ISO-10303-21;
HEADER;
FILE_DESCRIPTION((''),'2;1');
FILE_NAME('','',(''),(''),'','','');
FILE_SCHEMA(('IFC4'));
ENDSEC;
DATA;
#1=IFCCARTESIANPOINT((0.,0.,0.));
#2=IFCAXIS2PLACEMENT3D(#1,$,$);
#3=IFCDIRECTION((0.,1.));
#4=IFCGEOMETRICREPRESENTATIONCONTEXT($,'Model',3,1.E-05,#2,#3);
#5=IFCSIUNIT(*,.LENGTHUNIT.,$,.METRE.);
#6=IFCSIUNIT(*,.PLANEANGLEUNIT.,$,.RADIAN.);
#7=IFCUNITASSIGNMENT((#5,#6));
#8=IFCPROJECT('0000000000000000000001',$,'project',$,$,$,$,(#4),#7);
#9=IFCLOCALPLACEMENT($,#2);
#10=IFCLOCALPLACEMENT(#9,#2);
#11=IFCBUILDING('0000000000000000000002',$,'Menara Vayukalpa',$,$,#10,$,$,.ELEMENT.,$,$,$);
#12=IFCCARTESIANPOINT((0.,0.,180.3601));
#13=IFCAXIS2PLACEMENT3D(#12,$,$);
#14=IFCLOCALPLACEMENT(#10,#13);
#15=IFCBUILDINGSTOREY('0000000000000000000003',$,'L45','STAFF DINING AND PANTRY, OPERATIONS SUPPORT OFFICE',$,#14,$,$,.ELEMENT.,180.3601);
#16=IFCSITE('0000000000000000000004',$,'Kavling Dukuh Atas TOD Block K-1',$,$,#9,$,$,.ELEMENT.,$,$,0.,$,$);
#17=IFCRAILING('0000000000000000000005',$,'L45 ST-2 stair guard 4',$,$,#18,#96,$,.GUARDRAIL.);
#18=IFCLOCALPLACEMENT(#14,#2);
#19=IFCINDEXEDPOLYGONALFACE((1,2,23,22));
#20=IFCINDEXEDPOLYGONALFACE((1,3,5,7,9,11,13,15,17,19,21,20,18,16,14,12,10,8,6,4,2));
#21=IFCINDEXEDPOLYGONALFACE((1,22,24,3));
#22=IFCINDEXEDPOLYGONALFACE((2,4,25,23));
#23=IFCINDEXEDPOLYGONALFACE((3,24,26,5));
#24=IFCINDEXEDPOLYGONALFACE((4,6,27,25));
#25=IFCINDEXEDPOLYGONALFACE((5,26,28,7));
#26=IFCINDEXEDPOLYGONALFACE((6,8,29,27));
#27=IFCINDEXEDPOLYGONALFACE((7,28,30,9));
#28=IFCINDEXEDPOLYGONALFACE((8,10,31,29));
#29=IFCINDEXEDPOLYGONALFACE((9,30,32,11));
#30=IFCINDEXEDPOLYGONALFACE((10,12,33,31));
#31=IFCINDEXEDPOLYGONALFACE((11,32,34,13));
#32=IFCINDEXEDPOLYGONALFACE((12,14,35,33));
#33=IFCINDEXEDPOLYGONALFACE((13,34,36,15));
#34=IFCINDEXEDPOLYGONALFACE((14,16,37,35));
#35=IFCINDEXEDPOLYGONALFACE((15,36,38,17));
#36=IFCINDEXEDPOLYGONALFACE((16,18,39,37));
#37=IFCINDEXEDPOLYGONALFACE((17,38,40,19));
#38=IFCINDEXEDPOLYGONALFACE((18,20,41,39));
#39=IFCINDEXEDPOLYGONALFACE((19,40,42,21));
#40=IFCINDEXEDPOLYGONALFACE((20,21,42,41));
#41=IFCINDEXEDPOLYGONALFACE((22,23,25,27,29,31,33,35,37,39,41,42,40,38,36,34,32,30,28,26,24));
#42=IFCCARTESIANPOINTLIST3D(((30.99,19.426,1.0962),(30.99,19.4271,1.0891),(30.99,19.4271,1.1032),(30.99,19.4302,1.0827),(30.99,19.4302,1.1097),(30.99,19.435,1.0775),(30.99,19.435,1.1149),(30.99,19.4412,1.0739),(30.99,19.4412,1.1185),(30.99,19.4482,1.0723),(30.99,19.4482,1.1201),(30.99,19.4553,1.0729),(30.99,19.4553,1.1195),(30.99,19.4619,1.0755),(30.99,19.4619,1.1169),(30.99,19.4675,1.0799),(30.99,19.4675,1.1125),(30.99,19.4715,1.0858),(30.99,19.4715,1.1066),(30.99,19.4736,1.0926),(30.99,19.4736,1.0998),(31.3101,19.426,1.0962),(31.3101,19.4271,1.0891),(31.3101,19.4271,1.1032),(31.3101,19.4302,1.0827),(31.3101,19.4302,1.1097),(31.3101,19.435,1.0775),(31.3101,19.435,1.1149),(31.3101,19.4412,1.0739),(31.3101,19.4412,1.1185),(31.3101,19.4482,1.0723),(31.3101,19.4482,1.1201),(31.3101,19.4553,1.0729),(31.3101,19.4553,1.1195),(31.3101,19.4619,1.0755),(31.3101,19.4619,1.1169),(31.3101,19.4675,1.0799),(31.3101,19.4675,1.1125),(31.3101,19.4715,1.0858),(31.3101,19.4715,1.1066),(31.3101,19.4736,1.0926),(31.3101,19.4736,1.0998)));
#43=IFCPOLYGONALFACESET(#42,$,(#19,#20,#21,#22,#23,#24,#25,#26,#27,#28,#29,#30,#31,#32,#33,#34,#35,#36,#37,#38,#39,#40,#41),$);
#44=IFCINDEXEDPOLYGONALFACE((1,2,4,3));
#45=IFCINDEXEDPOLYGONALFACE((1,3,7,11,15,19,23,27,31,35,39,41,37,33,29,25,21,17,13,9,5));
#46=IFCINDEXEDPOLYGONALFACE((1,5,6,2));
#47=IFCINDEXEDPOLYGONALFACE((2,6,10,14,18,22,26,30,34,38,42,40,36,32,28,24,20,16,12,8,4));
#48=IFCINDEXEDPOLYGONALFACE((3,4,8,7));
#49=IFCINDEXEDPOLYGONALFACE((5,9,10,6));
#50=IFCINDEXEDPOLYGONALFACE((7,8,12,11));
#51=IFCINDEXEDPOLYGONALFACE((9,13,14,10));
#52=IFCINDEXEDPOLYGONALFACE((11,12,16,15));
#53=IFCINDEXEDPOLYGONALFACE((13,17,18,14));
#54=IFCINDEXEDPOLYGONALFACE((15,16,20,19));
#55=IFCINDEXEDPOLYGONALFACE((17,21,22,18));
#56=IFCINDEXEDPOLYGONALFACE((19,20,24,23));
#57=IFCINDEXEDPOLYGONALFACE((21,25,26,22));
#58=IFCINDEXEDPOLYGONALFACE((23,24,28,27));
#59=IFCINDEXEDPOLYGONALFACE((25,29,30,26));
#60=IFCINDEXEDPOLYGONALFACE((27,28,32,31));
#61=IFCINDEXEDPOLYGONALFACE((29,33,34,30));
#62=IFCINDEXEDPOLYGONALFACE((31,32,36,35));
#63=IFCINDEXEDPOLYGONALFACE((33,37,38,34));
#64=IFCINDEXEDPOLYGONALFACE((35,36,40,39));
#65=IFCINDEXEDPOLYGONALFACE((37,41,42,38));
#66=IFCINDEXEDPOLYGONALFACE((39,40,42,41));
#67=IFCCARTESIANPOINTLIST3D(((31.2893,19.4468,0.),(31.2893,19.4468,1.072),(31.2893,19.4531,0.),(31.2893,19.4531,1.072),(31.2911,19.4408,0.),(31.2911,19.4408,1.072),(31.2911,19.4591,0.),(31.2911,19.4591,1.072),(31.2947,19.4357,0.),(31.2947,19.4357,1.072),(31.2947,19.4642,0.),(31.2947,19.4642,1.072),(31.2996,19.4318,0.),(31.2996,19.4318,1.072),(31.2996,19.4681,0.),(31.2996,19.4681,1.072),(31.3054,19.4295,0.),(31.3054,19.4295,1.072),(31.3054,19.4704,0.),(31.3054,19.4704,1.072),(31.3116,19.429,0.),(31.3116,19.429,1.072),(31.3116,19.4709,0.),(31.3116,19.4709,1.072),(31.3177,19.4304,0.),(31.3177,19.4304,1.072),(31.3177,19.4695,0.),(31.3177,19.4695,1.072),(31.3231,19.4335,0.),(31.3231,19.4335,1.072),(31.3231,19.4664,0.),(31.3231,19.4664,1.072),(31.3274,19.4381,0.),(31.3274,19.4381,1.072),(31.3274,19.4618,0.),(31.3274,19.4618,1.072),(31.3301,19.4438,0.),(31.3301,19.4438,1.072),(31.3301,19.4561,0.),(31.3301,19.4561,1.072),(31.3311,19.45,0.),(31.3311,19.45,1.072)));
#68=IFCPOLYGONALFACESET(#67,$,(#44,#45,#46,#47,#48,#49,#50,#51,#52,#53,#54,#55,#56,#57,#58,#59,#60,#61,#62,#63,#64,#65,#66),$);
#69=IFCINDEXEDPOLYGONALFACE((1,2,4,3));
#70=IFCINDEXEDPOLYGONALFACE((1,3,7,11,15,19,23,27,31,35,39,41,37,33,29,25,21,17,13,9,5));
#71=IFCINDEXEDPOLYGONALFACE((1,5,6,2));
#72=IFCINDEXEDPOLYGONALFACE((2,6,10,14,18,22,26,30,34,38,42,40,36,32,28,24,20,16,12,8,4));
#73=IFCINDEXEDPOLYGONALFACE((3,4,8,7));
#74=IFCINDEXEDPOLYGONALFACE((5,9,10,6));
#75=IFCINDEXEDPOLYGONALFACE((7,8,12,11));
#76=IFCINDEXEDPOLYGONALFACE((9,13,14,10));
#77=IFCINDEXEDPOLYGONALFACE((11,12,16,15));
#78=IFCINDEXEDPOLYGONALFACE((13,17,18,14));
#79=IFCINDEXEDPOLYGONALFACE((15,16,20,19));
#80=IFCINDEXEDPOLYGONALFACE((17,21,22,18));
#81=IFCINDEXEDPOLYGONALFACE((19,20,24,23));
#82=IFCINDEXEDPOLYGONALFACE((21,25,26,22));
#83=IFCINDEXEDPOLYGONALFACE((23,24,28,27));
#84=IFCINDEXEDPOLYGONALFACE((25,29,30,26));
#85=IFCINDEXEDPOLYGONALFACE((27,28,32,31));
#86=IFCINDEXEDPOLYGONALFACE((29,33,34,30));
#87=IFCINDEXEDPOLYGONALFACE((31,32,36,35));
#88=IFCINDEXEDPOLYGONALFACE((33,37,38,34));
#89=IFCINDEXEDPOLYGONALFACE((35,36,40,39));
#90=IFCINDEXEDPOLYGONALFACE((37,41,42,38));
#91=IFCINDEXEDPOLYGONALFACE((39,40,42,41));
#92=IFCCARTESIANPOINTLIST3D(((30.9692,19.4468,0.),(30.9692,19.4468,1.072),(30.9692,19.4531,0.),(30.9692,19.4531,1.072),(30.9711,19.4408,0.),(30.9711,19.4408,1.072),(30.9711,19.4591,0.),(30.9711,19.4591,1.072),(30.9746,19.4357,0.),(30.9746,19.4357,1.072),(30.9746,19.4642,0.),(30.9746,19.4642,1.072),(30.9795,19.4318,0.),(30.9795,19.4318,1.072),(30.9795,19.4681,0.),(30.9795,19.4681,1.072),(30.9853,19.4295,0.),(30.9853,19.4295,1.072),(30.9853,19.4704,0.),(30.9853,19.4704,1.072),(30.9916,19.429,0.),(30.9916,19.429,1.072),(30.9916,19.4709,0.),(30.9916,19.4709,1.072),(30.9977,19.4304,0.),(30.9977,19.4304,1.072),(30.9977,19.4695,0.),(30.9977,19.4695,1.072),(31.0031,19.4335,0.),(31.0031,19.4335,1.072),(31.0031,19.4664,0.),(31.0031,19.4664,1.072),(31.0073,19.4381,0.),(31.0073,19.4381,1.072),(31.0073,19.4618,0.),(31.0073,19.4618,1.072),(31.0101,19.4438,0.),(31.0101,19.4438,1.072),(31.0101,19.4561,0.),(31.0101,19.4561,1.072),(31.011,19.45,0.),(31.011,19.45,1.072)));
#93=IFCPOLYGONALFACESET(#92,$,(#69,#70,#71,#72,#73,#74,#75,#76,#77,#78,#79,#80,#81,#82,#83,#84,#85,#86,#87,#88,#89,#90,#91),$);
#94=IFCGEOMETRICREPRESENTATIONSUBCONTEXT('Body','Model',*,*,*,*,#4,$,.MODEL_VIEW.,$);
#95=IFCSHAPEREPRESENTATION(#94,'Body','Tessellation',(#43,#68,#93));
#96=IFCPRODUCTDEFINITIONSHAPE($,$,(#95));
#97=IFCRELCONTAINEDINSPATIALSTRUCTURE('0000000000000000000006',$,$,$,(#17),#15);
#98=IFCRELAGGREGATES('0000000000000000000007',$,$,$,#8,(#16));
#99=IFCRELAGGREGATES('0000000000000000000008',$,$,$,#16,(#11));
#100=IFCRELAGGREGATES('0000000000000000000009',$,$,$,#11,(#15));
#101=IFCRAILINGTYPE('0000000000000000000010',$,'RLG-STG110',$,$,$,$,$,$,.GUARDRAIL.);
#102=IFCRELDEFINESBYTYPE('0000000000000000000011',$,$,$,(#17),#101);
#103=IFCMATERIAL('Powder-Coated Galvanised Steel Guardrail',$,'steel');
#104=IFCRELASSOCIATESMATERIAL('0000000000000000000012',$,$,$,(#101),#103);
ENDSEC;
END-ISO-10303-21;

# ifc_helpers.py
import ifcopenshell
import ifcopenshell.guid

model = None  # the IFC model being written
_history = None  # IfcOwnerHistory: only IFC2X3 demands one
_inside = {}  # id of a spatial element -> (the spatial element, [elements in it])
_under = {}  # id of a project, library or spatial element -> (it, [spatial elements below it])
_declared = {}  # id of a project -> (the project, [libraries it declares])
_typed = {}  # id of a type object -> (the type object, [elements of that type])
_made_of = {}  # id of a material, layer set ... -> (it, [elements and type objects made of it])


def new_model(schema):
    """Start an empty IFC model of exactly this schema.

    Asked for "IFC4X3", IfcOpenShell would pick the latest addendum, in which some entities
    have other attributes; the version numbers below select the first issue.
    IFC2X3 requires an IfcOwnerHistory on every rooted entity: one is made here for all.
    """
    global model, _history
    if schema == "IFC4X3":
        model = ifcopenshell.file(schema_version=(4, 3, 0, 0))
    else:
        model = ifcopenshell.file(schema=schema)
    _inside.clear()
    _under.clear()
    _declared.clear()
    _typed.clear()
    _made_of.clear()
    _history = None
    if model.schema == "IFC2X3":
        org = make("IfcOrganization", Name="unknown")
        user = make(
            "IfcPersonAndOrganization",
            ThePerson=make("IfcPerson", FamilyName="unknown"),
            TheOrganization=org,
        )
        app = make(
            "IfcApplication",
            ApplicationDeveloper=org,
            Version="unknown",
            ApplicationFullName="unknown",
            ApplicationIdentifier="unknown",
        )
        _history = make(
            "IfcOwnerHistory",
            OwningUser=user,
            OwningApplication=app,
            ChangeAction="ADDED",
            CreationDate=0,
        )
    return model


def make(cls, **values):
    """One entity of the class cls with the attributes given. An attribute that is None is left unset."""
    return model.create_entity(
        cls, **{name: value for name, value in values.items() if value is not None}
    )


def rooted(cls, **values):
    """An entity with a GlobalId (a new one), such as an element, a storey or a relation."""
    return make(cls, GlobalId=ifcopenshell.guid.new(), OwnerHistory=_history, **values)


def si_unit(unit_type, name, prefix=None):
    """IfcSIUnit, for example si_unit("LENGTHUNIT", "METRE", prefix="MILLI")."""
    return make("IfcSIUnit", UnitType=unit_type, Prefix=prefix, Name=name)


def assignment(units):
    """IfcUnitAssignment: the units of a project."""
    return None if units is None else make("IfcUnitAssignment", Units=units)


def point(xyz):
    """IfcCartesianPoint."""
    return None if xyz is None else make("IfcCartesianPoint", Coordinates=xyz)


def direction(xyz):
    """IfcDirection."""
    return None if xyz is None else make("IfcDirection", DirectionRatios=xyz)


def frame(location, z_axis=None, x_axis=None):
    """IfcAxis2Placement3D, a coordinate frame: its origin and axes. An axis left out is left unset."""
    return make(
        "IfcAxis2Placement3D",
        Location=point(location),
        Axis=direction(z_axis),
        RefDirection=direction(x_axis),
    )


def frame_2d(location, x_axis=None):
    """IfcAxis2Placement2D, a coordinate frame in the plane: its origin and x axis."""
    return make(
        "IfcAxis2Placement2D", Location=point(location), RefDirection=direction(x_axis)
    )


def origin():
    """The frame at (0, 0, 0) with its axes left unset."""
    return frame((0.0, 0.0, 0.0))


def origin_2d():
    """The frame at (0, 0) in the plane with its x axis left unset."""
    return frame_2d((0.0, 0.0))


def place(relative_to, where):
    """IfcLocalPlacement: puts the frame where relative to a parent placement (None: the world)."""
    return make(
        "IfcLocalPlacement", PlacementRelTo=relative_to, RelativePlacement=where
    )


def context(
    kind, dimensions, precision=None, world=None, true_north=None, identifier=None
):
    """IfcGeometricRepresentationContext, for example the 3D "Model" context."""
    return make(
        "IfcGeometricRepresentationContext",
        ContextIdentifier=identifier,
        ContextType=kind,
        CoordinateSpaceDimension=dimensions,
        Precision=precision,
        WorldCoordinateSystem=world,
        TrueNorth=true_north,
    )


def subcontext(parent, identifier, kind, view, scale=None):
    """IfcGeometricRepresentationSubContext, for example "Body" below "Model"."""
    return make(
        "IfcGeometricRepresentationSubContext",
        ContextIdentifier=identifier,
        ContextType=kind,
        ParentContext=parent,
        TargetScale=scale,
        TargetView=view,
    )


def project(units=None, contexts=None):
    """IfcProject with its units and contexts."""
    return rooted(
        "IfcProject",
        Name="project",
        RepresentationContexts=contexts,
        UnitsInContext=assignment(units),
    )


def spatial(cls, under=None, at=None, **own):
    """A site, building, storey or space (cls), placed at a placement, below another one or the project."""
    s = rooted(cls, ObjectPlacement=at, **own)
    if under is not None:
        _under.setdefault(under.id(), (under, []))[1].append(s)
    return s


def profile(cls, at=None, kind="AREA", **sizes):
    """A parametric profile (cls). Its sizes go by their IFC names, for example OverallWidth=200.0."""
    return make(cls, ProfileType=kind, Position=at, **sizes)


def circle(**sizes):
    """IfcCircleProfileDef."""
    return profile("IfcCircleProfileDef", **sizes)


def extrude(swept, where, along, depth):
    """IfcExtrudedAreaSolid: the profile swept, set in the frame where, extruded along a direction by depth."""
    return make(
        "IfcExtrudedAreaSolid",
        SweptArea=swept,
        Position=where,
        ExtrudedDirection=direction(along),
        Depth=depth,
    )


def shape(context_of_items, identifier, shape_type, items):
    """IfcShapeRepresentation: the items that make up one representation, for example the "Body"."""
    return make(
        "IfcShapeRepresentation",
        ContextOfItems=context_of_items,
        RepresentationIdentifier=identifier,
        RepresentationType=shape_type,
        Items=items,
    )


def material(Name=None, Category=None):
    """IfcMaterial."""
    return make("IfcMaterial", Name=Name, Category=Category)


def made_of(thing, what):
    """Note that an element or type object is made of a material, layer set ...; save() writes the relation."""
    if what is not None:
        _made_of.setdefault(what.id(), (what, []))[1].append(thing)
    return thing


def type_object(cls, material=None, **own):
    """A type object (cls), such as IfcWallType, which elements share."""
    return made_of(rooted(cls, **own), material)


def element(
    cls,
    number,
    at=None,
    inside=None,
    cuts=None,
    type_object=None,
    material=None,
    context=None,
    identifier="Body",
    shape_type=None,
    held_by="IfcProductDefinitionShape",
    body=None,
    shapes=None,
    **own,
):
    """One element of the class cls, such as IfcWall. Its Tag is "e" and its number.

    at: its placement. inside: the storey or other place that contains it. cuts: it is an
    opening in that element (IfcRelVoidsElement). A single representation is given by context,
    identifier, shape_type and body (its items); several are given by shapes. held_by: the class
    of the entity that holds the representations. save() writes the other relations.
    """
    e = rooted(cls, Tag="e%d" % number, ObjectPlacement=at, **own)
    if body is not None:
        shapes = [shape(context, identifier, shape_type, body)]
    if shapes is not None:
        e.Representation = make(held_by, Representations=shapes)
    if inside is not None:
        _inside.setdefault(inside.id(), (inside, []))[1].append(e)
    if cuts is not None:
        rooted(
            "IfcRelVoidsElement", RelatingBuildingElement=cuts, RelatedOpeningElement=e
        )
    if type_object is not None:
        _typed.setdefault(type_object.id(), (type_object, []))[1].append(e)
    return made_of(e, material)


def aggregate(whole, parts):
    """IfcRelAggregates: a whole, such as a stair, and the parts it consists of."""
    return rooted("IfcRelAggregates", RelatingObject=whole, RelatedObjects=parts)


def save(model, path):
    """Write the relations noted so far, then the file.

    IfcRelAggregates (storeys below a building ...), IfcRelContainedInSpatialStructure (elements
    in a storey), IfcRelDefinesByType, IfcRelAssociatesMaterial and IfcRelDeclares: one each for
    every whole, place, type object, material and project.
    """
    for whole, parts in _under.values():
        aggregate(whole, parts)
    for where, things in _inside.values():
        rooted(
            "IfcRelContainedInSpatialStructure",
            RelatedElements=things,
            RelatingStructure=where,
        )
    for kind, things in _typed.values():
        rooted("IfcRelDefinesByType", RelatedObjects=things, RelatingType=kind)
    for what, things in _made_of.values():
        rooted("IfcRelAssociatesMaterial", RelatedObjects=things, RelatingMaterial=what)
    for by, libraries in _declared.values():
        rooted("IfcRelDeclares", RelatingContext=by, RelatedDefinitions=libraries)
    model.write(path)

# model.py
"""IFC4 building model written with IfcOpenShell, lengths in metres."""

from ifc_helpers import new_model, si_unit, direction, frame, origin, origin_2d, place, context, subcontext, project, spatial, circle, extrude, material, type_object, element, save


model = new_model("IFC4")

# Units and contexts
model_context = context("Model", 3, precision=1e-05, world=origin(), true_north=direction((0.0, 1.0)))
body_context = subcontext(model_context, "Body", "Model", "MODEL_VIEW")
ifc_project = project(units=[si_unit("LENGTHUNIT", "METRE"), si_unit("PLANEANGLEUNIT", "RADIAN")], contexts=[model_context])

# Site, building, storey
site_placement = place(None, origin())
site = spatial("IfcSite", under=ifc_project, at=site_placement, Name="Kavling Dukuh Atas TOD Block K-1", CompositionType="ELEMENT", RefElevation=0.0)
building_placement = place(site_placement, origin())
building = spatial("IfcBuilding", under=site, at=building_placement, Name="Menara Vayukalpa", CompositionType="ELEMENT")
storey_placement = place(building_placement, frame((0.0, 0.0, 180.3601)))
storey = spatial("IfcBuildingStorey", under=building, at=storey_placement, Name="L45", Description="STAFF DINING AND PANTRY, OPERATIONS SUPPORT OFFICE", CompositionType="ELEMENT", Elevation=180.3601)

# Railing
ifc_material_1 = material(Name="Powder-Coated Galvanised Steel Guardrail", Category="steel")
railing_type_1 = type_object("IfcRailingType", Name="RLG-STG110", PredefinedType="GUARDRAIL", material=ifc_material_1)
railing_1_placement = place(storey_placement, frame((31.3101, 19.45, 0.0)))
element("IfcRailing", 1, at=railing_1_placement, inside=storey, type_object=railing_type_1, Name="L45 ST-2 stair guard 4", PredefinedType="GUARDRAIL", context=body_context, shape_type="SweptSolid", body=[
    extrude(circle(Radius=0.0239, at=origin_2d()), frame((0.0, 0.0, 1.0962), z_axis=(-1.0, 0.0, 0.0), x_axis=(0.0, -1.0, 0.0)), (0.0, 0.0, 1.0), 0.3201),
    extrude(circle(Radius=0.021, at=origin_2d()), origin(), (0.0, 0.0, 1.0), 1.072),
    extrude(circle(Radius=0.021, at=origin_2d()), frame((-0.3201, 0.0, 0.0)), (0.0, 0.0, 1.0), 1.072),
])

save(model, "model.ifc")
